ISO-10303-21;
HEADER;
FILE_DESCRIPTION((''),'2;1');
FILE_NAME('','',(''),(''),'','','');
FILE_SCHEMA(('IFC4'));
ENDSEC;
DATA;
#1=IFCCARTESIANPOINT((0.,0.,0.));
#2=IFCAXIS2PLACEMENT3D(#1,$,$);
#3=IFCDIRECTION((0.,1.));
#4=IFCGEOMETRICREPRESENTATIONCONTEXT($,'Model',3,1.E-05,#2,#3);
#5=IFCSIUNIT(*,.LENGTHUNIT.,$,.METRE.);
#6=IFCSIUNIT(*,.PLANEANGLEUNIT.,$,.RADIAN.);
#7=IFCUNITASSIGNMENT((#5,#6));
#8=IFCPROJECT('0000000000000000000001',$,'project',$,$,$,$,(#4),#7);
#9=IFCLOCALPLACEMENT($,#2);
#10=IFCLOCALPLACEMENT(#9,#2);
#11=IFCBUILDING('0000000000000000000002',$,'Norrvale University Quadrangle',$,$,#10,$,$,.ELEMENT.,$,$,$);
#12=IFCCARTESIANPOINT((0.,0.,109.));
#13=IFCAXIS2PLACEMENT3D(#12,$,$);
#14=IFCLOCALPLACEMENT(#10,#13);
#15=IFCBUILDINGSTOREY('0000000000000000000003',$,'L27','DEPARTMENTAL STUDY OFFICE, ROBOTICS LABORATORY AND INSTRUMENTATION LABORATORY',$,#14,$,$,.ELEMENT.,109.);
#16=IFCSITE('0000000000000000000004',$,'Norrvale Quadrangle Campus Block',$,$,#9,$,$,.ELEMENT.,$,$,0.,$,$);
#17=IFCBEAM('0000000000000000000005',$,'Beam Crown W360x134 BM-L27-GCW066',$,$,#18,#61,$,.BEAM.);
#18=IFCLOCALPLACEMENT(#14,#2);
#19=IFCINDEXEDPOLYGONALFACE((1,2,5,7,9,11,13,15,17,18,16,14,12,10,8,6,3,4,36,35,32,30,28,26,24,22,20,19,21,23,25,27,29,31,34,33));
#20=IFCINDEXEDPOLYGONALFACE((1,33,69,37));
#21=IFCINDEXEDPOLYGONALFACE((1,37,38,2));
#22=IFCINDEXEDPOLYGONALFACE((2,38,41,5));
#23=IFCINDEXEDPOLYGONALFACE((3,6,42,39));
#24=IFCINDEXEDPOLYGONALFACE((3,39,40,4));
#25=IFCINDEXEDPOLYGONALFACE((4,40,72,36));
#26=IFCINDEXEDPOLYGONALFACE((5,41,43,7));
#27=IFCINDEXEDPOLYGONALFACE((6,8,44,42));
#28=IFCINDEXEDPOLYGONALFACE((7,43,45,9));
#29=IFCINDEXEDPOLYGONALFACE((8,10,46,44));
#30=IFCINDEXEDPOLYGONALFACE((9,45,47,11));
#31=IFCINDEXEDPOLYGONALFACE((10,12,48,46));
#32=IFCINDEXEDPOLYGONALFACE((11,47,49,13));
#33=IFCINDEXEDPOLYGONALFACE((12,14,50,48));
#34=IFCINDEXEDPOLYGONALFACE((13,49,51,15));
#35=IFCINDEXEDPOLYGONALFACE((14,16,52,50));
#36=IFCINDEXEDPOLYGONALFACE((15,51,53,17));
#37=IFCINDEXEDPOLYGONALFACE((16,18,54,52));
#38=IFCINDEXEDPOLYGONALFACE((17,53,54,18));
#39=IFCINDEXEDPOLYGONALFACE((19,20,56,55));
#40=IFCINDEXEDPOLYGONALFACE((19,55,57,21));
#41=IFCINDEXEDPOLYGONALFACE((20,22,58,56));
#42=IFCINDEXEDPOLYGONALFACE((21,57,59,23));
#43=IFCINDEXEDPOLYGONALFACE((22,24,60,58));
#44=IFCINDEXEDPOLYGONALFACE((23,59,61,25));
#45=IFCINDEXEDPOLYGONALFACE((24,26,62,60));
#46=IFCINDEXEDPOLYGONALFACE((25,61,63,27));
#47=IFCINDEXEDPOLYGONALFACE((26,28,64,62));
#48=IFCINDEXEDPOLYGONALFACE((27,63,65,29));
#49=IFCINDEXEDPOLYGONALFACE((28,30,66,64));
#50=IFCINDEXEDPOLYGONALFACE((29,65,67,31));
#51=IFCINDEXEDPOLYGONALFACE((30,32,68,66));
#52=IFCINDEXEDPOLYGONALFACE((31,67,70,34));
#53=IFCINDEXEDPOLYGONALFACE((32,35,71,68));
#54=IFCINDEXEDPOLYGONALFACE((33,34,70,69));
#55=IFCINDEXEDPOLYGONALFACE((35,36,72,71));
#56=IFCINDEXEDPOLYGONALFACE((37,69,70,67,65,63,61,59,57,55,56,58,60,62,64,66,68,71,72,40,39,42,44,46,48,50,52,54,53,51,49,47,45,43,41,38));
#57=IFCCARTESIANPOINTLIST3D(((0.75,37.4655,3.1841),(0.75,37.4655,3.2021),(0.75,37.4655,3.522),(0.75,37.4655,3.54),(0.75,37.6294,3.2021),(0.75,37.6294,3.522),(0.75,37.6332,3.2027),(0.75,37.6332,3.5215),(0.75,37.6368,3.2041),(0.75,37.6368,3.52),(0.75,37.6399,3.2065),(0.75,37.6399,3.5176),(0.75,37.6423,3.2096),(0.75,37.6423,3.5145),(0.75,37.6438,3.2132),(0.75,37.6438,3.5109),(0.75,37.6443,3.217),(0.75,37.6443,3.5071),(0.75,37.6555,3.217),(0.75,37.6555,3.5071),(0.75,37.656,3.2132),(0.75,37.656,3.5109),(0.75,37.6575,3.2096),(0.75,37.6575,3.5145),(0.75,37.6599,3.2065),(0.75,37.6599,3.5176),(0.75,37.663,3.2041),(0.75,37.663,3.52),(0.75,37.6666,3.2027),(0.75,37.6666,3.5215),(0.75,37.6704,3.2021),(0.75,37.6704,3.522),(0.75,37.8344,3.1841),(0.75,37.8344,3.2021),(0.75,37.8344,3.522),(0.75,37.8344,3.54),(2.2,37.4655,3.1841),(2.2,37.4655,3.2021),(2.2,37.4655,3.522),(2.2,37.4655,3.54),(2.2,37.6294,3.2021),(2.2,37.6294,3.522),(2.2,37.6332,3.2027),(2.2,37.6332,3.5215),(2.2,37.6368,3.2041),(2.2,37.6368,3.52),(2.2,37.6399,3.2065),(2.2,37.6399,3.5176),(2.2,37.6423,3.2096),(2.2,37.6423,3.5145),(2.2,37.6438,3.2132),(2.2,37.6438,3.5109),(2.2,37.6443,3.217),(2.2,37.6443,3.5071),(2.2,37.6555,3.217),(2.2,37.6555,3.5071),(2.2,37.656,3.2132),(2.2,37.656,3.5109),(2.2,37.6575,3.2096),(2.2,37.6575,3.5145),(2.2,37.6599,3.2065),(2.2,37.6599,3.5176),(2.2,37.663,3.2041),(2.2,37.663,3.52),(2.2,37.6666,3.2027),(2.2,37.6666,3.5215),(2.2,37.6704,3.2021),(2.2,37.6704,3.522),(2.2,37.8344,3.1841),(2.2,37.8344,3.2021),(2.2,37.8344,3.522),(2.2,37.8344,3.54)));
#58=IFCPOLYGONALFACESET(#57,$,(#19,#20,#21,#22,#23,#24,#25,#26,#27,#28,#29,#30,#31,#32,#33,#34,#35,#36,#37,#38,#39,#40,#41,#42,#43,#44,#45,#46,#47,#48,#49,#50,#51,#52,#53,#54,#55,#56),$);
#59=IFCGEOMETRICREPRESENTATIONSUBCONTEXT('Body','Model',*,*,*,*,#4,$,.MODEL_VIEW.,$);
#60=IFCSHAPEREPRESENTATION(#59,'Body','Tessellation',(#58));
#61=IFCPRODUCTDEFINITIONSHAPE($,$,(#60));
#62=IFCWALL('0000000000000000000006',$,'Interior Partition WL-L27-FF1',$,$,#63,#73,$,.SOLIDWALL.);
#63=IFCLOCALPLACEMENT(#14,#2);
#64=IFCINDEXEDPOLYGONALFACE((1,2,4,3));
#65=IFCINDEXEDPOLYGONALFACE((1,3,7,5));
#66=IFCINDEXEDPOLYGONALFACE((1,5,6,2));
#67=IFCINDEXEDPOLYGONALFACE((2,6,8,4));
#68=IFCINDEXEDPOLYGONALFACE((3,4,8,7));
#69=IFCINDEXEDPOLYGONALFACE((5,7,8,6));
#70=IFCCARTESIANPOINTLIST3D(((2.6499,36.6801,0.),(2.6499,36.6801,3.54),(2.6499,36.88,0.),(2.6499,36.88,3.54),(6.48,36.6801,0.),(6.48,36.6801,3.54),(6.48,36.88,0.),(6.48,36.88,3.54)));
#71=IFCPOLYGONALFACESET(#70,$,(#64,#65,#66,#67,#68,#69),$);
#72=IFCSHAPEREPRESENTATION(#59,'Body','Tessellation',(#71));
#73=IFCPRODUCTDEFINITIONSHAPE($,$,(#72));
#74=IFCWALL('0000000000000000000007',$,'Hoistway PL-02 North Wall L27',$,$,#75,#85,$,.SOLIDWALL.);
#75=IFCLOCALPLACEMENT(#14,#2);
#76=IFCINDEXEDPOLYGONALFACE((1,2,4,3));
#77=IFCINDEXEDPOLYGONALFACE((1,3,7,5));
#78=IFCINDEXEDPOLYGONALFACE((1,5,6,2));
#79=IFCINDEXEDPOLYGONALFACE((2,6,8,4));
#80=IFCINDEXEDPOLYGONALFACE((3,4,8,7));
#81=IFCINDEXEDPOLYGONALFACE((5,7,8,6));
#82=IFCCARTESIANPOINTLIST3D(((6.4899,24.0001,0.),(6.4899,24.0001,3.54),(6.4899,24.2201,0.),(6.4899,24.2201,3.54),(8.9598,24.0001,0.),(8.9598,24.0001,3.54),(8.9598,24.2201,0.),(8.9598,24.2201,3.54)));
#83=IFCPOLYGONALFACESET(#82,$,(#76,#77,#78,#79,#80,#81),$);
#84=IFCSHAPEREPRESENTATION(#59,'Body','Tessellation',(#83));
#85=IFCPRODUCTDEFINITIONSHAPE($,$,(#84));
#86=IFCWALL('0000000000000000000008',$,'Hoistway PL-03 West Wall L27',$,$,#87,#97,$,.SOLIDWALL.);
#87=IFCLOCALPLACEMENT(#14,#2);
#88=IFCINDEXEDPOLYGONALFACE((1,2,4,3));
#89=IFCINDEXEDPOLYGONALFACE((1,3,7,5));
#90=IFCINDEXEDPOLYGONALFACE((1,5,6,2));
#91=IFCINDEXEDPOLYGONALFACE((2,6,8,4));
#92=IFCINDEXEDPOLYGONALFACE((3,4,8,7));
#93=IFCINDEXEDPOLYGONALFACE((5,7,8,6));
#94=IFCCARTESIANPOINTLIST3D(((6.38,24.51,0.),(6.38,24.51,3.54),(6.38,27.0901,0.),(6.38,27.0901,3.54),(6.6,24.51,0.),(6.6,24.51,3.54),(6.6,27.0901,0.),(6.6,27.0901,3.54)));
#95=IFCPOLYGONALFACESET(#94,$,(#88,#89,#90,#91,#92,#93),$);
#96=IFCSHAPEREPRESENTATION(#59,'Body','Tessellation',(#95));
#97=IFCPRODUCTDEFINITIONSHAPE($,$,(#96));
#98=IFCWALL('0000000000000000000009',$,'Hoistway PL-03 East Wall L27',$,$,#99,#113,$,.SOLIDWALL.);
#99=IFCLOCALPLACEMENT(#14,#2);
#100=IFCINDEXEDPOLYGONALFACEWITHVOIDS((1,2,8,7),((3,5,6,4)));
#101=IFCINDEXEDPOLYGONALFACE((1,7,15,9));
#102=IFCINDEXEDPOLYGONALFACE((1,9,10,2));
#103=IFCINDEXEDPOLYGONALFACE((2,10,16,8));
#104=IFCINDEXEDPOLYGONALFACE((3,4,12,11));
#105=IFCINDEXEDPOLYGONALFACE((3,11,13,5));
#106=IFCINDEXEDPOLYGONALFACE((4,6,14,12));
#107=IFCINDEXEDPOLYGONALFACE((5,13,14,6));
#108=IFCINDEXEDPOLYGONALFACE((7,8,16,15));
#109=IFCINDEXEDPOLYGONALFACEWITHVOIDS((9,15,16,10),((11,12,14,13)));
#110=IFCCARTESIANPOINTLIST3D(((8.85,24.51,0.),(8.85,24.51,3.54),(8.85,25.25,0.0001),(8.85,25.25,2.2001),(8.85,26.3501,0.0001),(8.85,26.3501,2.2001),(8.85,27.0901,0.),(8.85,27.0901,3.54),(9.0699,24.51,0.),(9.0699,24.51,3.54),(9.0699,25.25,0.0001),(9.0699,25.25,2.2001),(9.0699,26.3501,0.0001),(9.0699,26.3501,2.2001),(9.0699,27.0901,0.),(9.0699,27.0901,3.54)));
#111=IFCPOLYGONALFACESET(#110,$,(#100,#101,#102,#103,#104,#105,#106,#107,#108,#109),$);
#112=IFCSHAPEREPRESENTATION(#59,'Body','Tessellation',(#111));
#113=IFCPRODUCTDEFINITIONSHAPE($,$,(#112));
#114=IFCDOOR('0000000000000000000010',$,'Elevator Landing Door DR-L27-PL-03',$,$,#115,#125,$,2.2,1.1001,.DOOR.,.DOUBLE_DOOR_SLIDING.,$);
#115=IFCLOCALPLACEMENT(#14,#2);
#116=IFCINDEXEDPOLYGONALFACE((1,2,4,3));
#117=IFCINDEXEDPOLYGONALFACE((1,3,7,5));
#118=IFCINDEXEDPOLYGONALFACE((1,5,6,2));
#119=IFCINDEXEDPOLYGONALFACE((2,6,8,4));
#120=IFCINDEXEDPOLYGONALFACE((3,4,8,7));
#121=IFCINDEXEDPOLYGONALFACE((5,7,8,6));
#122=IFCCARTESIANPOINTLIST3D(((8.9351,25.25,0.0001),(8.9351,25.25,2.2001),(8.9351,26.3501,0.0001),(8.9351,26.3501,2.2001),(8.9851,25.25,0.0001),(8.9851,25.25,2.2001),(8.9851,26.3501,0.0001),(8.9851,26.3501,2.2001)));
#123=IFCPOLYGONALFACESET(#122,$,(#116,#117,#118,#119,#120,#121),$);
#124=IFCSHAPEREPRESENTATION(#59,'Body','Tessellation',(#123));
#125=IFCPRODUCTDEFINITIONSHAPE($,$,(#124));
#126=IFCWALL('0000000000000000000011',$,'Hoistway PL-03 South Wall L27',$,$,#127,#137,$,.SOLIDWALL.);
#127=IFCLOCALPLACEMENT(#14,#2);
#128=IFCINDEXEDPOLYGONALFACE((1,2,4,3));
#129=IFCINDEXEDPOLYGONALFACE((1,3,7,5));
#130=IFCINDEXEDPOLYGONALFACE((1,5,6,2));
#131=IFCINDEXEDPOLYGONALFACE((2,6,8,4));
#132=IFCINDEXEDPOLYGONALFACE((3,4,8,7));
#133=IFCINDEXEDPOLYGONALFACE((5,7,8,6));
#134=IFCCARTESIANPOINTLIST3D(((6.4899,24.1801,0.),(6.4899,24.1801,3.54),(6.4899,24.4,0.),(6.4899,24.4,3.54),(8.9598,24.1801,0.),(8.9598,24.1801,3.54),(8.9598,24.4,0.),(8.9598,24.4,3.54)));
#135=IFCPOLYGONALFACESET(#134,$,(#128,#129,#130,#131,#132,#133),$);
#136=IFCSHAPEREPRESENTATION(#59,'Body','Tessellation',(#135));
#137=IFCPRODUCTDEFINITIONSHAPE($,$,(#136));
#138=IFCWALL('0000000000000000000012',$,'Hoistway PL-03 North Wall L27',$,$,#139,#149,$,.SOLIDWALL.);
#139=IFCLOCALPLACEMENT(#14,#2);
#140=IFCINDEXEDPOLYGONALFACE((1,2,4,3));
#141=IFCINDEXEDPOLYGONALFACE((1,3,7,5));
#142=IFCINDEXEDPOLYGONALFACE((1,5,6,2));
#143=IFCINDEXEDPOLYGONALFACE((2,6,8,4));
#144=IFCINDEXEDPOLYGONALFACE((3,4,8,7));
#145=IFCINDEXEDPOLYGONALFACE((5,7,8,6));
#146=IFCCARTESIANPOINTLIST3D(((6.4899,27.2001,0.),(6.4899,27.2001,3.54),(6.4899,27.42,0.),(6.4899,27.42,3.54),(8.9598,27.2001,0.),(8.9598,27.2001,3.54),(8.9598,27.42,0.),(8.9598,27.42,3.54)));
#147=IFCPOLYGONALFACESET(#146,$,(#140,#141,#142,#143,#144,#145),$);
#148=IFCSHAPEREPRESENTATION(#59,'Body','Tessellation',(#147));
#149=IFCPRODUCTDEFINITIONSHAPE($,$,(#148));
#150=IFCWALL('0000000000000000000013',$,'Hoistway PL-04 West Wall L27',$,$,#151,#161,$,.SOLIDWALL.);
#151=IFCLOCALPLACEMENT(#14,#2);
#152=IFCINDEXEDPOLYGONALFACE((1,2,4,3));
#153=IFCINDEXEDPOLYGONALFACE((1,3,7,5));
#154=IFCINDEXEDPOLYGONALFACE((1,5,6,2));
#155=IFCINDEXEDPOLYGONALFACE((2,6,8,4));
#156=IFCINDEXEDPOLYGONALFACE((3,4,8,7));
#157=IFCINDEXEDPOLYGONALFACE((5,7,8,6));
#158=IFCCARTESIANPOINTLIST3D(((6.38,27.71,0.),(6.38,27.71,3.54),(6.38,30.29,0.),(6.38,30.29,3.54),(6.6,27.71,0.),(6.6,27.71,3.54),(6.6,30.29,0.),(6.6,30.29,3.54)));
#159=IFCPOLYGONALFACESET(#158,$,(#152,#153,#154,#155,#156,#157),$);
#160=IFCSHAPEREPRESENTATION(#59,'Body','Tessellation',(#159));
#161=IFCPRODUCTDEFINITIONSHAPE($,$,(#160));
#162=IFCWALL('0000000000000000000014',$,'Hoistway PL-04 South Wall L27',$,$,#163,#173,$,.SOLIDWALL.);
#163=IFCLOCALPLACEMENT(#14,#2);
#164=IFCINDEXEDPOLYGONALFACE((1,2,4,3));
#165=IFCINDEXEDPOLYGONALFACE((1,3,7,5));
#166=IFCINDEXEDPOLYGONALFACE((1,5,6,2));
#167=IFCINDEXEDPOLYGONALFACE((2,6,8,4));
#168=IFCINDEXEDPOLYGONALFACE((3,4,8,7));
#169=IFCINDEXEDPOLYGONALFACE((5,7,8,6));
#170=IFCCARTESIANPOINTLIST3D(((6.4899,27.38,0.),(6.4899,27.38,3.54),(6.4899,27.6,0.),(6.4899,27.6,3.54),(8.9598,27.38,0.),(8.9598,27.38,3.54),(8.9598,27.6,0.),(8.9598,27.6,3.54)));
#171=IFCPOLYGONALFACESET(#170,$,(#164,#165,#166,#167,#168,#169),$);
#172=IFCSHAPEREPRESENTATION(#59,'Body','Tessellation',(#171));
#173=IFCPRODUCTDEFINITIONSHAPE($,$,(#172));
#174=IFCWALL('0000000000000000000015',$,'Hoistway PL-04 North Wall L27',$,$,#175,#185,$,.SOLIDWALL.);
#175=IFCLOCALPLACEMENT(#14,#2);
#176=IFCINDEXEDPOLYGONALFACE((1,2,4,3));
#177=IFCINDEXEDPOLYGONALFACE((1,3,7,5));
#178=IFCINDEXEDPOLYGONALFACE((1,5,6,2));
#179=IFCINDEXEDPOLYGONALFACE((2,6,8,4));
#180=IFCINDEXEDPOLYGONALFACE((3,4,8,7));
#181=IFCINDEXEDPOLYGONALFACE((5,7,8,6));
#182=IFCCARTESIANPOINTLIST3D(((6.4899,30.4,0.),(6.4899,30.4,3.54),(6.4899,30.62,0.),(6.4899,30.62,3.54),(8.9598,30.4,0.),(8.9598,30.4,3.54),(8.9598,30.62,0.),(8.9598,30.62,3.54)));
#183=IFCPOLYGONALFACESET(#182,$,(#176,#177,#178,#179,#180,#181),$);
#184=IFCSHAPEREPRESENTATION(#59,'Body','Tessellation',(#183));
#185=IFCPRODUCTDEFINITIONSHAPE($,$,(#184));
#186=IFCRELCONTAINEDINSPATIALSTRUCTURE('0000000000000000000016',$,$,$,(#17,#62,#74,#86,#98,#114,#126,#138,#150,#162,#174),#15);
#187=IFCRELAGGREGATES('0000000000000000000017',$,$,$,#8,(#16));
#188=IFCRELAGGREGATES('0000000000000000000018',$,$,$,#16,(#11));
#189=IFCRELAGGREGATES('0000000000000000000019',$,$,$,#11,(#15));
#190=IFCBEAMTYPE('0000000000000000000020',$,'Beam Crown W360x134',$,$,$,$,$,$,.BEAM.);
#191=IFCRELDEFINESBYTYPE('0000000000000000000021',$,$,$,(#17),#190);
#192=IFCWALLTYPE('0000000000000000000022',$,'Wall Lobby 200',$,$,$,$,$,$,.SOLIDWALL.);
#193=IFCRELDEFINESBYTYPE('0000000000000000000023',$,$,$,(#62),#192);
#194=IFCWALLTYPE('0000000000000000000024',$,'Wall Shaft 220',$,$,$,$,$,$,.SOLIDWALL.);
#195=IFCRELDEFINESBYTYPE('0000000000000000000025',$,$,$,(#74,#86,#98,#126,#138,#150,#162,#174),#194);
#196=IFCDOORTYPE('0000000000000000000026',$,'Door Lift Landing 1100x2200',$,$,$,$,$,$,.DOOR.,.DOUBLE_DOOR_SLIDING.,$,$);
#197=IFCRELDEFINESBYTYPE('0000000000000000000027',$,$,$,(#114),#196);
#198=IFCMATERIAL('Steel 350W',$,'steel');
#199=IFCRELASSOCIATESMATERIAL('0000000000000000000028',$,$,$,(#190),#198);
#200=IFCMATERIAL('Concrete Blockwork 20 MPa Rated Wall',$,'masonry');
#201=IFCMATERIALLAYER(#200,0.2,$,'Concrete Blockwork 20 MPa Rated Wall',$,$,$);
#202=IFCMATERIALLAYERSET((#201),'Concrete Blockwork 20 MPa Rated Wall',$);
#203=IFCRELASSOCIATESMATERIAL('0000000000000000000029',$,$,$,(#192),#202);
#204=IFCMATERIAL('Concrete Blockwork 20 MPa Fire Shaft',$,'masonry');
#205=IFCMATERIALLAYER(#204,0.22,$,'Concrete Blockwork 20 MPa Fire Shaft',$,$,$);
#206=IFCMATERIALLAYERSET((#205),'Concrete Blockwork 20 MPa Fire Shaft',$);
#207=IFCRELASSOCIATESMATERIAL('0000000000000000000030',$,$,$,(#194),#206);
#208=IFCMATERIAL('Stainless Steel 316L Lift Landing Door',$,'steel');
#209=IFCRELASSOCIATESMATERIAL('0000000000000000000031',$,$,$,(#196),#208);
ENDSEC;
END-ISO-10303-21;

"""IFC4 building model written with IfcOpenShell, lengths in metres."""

from ifc_helpers import new_model, si_unit, direction, frame, frame_2d, origin, origin_2d, place, context, subcontext, project, spatial, rectangle, i_section, extrude, material, layer, layer_set, material_profile, profile_set, type_object, element, fill, save


model = new_model("IFC4")

# Units and contexts
model_context = context("Model", 3, precision=1e-05, world=origin(), true_north=direction((0.0, 1.0)))
body_context = subcontext(model_context, "Body", "Model", "MODEL_VIEW")
ifc_project = project(units=[si_unit("LENGTHUNIT", "METRE"), si_unit("PLANEANGLEUNIT", "RADIAN")], contexts=[model_context])

# Site, building, storey
site_placement = place(None, origin())
site = spatial("IfcSite", under=ifc_project, at=site_placement, Name="Norrvale Quadrangle Campus Block", CompositionType="ELEMENT", RefElevation=0.0)
building_placement = place(site_placement, origin())
building = spatial("IfcBuilding", under=site, at=building_placement, Name="Norrvale University Quadrangle", CompositionType="ELEMENT")
storey_placement = place(building_placement, frame((0.0, 0.0, 109.0)))
storey = spatial("IfcBuildingStorey", under=building, at=storey_placement, Name="L27", Description="DEPARTMENTAL STUDY OFFICE, ROBOTICS LABORATORY AND INSTRUMENTATION LABORATORY", CompositionType="ELEMENT", Elevation=109.0)

# Beam
ifc_material_1 = material(Name="Steel 350W", Category="steel")
ifc_material_profile_1 = material_profile(ifc_material_1, i_section(OverallWidth=0.3689, OverallDepth=0.356, WebThickness=0.0112, FlangeThickness=0.0181, FilletRadius=0.0149, at=origin_2d()), Name="Steel 350W")
ifc_profile_set_1 = profile_set([ifc_material_profile_1], Name="Steel 350W")
beam_type = type_object("IfcBeamType", Name="Beam Crown W360x134", PredefinedType="BEAM", material=ifc_profile_set_1)
for number, where, z_axis, x_axis, name in (
    (1, (0.75, 37.6499, 3.3621), (1.0, 0.0, 0.0), (0.0, 1.0, 0.0), "Beam Crown W360x134 BM-L27-GCW066"),
):
    element("IfcBeam", number, at=place(storey_placement, frame(where, z_axis=z_axis, x_axis=x_axis)), inside=storey, type_object=beam_type, Name=name, PredefinedType="BEAM", context=body_context, shape_type="SweptSolid", body=[
        extrude(i_section(OverallWidth=0.3689, OverallDepth=0.356, WebThickness=0.0112, FlangeThickness=0.0181, FilletRadius=0.0149, at=origin_2d()), origin(), (0.0, 0.0, 1.0), 1.45),
    ])

# Walls
ifc_material_2 = material(Name="Concrete Blockwork 20 MPa Rated Wall", Category="masonry")
ifc_layer_1 = layer(ifc_material_2, 0.2, Name="Concrete Blockwork 20 MPa Rated Wall")
ifc_layer_set_1 = layer_set([ifc_layer_1], Name="Concrete Blockwork 20 MPa Rated Wall")
wall_type_1 = type_object("IfcWallType", Name="Wall Lobby 200", PredefinedType="SOLIDWALL", material=ifc_layer_set_1)
wall_1_placement = place(storey_placement, frame((2.6499, 36.78, 0.0), z_axis=(0.0, 0.0, 1.0), x_axis=(1.0, 0.0, 0.0)))
element("IfcWall", 2, at=wall_1_placement, inside=storey, type_object=wall_type_1, Name="Interior Partition WL-L27-FF1", PredefinedType="SOLIDWALL", context=body_context, shape_type="SweptSolid", body=[
    extrude(rectangle(XDim=3.8301, YDim=0.2, at=frame_2d((1.915, 0.0))), origin(), (0.0, 0.0, 1.0), 3.54),
])
ifc_material_3 = material(Name="Concrete Blockwork 20 MPa Fire Shaft", Category="masonry")
ifc_layer_2 = layer(ifc_material_3, 0.22, Name="Concrete Blockwork 20 MPa Fire Shaft")
ifc_layer_set_2 = layer_set([ifc_layer_2], Name="Concrete Blockwork 20 MPa Fire Shaft")
wall_type_2 = type_object("IfcWallType", Name="Wall Shaft 220", PredefinedType="SOLIDWALL", material=ifc_layer_set_2)
wall_2_placement = place(storey_placement, frame((6.49, 24.1101, 0.0), z_axis=(0.0, 0.0, 1.0), x_axis=(1.0, 0.0, 0.0)))
element("IfcWall", 3, at=wall_2_placement, inside=storey, type_object=wall_type_2, Name="Hoistway PL-02 North Wall L27", PredefinedType="SOLIDWALL", context=body_context, shape_type="SweptSolid", body=[
    extrude(rectangle(XDim=2.47, YDim=0.22, at=frame_2d((1.2349, 0.0))), origin(), (0.0, 0.0, 1.0), 3.54),
])
wall_3_placement = place(storey_placement, frame((6.49, 24.51, 0.0), z_axis=(0.0, 0.0, 1.0), x_axis=(0.0, 1.0, 0.0)))
element("IfcWall", 4, at=wall_3_placement, inside=storey, type_object=wall_type_2, Name="Hoistway PL-03 West Wall L27", PredefinedType="SOLIDWALL", context=body_context, shape_type="SweptSolid", body=[
    extrude(rectangle(XDim=2.5801, YDim=0.22, at=frame_2d((1.29, 0.0))), origin(), (0.0, 0.0, 1.0), 3.54),
])

# Wall, opening, door
wall_4_placement = place(storey_placement, frame((8.96, 24.51, 0.0), z_axis=(0.0, 0.0, 1.0), x_axis=(0.0, 1.0, 0.0)))
wall_4 = element("IfcWall", 5, at=wall_4_placement, inside=storey, type_object=wall_type_2, Name="Hoistway PL-03 East Wall L27", PredefinedType="SOLIDWALL", context=body_context, shape_type="SweptSolid", body=[
    extrude(rectangle(XDim=2.5801, YDim=0.22, at=frame_2d((1.29, 0.0))), origin(), (0.0, 0.0, 1.0), 3.54),
])
opening_1_placement = place(wall_4_placement, frame((0.74, 0.0, 0.0)))
opening_1 = element("IfcOpeningElement", 6, at=opening_1_placement, cuts=wall_4, PredefinedType="OPENING", context=body_context, shape_type="SweptSolid", body=[
    extrude(rectangle(XDim=1.1001, YDim=2.2, at=frame_2d((0.55, 1.1001))), frame((0.0, 0.1221, 0.0), z_axis=(0.0, -1.0, 0.0), x_axis=(1.0, 0.0, 0.0)), (0.0, 0.0, 1.0), 0.2439),
])
ifc_material_4 = material(Name="Stainless Steel 316L Lift Landing Door", Category="steel")
door_type_1 = type_object("IfcDoorType", Name="Door Lift Landing 1100x2200", OperationType="DOUBLE_DOOR_SLIDING", PredefinedType="DOOR", material=ifc_material_4)
door_1_placement = place(opening_1_placement, origin())
door_1 = element("IfcDoor", 7, at=door_1_placement, inside=storey, type_object=door_type_1, Name="Elevator Landing Door DR-L27-PL-03", OperationType="DOUBLE_DOOR_SLIDING", OverallHeight=2.2, OverallWidth=1.1001, PredefinedType="DOOR", context=body_context, shape_type="SweptSolid", body=[
    extrude(rectangle(XDim=1.1001, YDim=2.2, at=frame_2d((0.55, 1.1001))), frame((0.0, 0.0249, 0.0), z_axis=(0.0, -1.0, 0.0), x_axis=(1.0, 0.0, 0.0)), (0.0, 0.0, 1.0), 0.05),
])
fill(opening_1, door_1)

# Walls
for number, where, z_axis, x_axis, name in (
    (8, (6.49, 24.29, 0.0), (0.0, 0.0, 1.0), (1.0, 0.0, 0.0), "Hoistway PL-03 South Wall L27"),
    (9, (6.49, 27.3101, 0.0), (0.0, 0.0, 1.0), (1.0, 0.0, 0.0), "Hoistway PL-03 North Wall L27"),
):
    element("IfcWall", number, at=place(storey_placement, frame(where, z_axis=z_axis, x_axis=x_axis)), inside=storey, type_object=wall_type_2, Name=name, PredefinedType="SOLIDWALL", context=body_context, shape_type="SweptSolid", body=[
        extrude(rectangle(XDim=2.47, YDim=0.22, at=frame_2d((1.2349, 0.0))), origin(), (0.0, 0.0, 1.0), 3.54),
    ])
wall_5_placement = place(storey_placement, frame((6.49, 27.71, 0.0), z_axis=(0.0, 0.0, 1.0), x_axis=(0.0, 1.0, 0.0)))
element("IfcWall", 10, at=wall_5_placement, inside=storey, type_object=wall_type_2, Name="Hoistway PL-04 West Wall L27", PredefinedType="SOLIDWALL", context=body_context, shape_type="SweptSolid", body=[
    extrude(rectangle(XDim=2.5801, YDim=0.22, at=frame_2d((1.29, 0.0))), origin(), (0.0, 0.0, 1.0), 3.54),
])
for number, where, z_axis, x_axis, name in (
    (11, (6.49, 27.49, 0.0), (0.0, 0.0, 1.0), (1.0, 0.0, 0.0), "Hoistway PL-04 South Wall L27"),
    (12, (6.49, 30.51, 0.0), (0.0, 0.0, 1.0), (1.0, 0.0, 0.0), "Hoistway PL-04 North Wall L27"),
):
    element("IfcWall", number, at=place(storey_placement, frame(where, z_axis=z_axis, x_axis=x_axis)), inside=storey, type_object=wall_type_2, Name=name, PredefinedType="SOLIDWALL", context=body_context, shape_type="SweptSolid", body=[
        extrude(rectangle(XDim=2.47, YDim=0.22, at=frame_2d((1.2349, 0.0))), origin(), (0.0, 0.0, 1.0), 3.54),
    ])

save(model, "model.ifc")
